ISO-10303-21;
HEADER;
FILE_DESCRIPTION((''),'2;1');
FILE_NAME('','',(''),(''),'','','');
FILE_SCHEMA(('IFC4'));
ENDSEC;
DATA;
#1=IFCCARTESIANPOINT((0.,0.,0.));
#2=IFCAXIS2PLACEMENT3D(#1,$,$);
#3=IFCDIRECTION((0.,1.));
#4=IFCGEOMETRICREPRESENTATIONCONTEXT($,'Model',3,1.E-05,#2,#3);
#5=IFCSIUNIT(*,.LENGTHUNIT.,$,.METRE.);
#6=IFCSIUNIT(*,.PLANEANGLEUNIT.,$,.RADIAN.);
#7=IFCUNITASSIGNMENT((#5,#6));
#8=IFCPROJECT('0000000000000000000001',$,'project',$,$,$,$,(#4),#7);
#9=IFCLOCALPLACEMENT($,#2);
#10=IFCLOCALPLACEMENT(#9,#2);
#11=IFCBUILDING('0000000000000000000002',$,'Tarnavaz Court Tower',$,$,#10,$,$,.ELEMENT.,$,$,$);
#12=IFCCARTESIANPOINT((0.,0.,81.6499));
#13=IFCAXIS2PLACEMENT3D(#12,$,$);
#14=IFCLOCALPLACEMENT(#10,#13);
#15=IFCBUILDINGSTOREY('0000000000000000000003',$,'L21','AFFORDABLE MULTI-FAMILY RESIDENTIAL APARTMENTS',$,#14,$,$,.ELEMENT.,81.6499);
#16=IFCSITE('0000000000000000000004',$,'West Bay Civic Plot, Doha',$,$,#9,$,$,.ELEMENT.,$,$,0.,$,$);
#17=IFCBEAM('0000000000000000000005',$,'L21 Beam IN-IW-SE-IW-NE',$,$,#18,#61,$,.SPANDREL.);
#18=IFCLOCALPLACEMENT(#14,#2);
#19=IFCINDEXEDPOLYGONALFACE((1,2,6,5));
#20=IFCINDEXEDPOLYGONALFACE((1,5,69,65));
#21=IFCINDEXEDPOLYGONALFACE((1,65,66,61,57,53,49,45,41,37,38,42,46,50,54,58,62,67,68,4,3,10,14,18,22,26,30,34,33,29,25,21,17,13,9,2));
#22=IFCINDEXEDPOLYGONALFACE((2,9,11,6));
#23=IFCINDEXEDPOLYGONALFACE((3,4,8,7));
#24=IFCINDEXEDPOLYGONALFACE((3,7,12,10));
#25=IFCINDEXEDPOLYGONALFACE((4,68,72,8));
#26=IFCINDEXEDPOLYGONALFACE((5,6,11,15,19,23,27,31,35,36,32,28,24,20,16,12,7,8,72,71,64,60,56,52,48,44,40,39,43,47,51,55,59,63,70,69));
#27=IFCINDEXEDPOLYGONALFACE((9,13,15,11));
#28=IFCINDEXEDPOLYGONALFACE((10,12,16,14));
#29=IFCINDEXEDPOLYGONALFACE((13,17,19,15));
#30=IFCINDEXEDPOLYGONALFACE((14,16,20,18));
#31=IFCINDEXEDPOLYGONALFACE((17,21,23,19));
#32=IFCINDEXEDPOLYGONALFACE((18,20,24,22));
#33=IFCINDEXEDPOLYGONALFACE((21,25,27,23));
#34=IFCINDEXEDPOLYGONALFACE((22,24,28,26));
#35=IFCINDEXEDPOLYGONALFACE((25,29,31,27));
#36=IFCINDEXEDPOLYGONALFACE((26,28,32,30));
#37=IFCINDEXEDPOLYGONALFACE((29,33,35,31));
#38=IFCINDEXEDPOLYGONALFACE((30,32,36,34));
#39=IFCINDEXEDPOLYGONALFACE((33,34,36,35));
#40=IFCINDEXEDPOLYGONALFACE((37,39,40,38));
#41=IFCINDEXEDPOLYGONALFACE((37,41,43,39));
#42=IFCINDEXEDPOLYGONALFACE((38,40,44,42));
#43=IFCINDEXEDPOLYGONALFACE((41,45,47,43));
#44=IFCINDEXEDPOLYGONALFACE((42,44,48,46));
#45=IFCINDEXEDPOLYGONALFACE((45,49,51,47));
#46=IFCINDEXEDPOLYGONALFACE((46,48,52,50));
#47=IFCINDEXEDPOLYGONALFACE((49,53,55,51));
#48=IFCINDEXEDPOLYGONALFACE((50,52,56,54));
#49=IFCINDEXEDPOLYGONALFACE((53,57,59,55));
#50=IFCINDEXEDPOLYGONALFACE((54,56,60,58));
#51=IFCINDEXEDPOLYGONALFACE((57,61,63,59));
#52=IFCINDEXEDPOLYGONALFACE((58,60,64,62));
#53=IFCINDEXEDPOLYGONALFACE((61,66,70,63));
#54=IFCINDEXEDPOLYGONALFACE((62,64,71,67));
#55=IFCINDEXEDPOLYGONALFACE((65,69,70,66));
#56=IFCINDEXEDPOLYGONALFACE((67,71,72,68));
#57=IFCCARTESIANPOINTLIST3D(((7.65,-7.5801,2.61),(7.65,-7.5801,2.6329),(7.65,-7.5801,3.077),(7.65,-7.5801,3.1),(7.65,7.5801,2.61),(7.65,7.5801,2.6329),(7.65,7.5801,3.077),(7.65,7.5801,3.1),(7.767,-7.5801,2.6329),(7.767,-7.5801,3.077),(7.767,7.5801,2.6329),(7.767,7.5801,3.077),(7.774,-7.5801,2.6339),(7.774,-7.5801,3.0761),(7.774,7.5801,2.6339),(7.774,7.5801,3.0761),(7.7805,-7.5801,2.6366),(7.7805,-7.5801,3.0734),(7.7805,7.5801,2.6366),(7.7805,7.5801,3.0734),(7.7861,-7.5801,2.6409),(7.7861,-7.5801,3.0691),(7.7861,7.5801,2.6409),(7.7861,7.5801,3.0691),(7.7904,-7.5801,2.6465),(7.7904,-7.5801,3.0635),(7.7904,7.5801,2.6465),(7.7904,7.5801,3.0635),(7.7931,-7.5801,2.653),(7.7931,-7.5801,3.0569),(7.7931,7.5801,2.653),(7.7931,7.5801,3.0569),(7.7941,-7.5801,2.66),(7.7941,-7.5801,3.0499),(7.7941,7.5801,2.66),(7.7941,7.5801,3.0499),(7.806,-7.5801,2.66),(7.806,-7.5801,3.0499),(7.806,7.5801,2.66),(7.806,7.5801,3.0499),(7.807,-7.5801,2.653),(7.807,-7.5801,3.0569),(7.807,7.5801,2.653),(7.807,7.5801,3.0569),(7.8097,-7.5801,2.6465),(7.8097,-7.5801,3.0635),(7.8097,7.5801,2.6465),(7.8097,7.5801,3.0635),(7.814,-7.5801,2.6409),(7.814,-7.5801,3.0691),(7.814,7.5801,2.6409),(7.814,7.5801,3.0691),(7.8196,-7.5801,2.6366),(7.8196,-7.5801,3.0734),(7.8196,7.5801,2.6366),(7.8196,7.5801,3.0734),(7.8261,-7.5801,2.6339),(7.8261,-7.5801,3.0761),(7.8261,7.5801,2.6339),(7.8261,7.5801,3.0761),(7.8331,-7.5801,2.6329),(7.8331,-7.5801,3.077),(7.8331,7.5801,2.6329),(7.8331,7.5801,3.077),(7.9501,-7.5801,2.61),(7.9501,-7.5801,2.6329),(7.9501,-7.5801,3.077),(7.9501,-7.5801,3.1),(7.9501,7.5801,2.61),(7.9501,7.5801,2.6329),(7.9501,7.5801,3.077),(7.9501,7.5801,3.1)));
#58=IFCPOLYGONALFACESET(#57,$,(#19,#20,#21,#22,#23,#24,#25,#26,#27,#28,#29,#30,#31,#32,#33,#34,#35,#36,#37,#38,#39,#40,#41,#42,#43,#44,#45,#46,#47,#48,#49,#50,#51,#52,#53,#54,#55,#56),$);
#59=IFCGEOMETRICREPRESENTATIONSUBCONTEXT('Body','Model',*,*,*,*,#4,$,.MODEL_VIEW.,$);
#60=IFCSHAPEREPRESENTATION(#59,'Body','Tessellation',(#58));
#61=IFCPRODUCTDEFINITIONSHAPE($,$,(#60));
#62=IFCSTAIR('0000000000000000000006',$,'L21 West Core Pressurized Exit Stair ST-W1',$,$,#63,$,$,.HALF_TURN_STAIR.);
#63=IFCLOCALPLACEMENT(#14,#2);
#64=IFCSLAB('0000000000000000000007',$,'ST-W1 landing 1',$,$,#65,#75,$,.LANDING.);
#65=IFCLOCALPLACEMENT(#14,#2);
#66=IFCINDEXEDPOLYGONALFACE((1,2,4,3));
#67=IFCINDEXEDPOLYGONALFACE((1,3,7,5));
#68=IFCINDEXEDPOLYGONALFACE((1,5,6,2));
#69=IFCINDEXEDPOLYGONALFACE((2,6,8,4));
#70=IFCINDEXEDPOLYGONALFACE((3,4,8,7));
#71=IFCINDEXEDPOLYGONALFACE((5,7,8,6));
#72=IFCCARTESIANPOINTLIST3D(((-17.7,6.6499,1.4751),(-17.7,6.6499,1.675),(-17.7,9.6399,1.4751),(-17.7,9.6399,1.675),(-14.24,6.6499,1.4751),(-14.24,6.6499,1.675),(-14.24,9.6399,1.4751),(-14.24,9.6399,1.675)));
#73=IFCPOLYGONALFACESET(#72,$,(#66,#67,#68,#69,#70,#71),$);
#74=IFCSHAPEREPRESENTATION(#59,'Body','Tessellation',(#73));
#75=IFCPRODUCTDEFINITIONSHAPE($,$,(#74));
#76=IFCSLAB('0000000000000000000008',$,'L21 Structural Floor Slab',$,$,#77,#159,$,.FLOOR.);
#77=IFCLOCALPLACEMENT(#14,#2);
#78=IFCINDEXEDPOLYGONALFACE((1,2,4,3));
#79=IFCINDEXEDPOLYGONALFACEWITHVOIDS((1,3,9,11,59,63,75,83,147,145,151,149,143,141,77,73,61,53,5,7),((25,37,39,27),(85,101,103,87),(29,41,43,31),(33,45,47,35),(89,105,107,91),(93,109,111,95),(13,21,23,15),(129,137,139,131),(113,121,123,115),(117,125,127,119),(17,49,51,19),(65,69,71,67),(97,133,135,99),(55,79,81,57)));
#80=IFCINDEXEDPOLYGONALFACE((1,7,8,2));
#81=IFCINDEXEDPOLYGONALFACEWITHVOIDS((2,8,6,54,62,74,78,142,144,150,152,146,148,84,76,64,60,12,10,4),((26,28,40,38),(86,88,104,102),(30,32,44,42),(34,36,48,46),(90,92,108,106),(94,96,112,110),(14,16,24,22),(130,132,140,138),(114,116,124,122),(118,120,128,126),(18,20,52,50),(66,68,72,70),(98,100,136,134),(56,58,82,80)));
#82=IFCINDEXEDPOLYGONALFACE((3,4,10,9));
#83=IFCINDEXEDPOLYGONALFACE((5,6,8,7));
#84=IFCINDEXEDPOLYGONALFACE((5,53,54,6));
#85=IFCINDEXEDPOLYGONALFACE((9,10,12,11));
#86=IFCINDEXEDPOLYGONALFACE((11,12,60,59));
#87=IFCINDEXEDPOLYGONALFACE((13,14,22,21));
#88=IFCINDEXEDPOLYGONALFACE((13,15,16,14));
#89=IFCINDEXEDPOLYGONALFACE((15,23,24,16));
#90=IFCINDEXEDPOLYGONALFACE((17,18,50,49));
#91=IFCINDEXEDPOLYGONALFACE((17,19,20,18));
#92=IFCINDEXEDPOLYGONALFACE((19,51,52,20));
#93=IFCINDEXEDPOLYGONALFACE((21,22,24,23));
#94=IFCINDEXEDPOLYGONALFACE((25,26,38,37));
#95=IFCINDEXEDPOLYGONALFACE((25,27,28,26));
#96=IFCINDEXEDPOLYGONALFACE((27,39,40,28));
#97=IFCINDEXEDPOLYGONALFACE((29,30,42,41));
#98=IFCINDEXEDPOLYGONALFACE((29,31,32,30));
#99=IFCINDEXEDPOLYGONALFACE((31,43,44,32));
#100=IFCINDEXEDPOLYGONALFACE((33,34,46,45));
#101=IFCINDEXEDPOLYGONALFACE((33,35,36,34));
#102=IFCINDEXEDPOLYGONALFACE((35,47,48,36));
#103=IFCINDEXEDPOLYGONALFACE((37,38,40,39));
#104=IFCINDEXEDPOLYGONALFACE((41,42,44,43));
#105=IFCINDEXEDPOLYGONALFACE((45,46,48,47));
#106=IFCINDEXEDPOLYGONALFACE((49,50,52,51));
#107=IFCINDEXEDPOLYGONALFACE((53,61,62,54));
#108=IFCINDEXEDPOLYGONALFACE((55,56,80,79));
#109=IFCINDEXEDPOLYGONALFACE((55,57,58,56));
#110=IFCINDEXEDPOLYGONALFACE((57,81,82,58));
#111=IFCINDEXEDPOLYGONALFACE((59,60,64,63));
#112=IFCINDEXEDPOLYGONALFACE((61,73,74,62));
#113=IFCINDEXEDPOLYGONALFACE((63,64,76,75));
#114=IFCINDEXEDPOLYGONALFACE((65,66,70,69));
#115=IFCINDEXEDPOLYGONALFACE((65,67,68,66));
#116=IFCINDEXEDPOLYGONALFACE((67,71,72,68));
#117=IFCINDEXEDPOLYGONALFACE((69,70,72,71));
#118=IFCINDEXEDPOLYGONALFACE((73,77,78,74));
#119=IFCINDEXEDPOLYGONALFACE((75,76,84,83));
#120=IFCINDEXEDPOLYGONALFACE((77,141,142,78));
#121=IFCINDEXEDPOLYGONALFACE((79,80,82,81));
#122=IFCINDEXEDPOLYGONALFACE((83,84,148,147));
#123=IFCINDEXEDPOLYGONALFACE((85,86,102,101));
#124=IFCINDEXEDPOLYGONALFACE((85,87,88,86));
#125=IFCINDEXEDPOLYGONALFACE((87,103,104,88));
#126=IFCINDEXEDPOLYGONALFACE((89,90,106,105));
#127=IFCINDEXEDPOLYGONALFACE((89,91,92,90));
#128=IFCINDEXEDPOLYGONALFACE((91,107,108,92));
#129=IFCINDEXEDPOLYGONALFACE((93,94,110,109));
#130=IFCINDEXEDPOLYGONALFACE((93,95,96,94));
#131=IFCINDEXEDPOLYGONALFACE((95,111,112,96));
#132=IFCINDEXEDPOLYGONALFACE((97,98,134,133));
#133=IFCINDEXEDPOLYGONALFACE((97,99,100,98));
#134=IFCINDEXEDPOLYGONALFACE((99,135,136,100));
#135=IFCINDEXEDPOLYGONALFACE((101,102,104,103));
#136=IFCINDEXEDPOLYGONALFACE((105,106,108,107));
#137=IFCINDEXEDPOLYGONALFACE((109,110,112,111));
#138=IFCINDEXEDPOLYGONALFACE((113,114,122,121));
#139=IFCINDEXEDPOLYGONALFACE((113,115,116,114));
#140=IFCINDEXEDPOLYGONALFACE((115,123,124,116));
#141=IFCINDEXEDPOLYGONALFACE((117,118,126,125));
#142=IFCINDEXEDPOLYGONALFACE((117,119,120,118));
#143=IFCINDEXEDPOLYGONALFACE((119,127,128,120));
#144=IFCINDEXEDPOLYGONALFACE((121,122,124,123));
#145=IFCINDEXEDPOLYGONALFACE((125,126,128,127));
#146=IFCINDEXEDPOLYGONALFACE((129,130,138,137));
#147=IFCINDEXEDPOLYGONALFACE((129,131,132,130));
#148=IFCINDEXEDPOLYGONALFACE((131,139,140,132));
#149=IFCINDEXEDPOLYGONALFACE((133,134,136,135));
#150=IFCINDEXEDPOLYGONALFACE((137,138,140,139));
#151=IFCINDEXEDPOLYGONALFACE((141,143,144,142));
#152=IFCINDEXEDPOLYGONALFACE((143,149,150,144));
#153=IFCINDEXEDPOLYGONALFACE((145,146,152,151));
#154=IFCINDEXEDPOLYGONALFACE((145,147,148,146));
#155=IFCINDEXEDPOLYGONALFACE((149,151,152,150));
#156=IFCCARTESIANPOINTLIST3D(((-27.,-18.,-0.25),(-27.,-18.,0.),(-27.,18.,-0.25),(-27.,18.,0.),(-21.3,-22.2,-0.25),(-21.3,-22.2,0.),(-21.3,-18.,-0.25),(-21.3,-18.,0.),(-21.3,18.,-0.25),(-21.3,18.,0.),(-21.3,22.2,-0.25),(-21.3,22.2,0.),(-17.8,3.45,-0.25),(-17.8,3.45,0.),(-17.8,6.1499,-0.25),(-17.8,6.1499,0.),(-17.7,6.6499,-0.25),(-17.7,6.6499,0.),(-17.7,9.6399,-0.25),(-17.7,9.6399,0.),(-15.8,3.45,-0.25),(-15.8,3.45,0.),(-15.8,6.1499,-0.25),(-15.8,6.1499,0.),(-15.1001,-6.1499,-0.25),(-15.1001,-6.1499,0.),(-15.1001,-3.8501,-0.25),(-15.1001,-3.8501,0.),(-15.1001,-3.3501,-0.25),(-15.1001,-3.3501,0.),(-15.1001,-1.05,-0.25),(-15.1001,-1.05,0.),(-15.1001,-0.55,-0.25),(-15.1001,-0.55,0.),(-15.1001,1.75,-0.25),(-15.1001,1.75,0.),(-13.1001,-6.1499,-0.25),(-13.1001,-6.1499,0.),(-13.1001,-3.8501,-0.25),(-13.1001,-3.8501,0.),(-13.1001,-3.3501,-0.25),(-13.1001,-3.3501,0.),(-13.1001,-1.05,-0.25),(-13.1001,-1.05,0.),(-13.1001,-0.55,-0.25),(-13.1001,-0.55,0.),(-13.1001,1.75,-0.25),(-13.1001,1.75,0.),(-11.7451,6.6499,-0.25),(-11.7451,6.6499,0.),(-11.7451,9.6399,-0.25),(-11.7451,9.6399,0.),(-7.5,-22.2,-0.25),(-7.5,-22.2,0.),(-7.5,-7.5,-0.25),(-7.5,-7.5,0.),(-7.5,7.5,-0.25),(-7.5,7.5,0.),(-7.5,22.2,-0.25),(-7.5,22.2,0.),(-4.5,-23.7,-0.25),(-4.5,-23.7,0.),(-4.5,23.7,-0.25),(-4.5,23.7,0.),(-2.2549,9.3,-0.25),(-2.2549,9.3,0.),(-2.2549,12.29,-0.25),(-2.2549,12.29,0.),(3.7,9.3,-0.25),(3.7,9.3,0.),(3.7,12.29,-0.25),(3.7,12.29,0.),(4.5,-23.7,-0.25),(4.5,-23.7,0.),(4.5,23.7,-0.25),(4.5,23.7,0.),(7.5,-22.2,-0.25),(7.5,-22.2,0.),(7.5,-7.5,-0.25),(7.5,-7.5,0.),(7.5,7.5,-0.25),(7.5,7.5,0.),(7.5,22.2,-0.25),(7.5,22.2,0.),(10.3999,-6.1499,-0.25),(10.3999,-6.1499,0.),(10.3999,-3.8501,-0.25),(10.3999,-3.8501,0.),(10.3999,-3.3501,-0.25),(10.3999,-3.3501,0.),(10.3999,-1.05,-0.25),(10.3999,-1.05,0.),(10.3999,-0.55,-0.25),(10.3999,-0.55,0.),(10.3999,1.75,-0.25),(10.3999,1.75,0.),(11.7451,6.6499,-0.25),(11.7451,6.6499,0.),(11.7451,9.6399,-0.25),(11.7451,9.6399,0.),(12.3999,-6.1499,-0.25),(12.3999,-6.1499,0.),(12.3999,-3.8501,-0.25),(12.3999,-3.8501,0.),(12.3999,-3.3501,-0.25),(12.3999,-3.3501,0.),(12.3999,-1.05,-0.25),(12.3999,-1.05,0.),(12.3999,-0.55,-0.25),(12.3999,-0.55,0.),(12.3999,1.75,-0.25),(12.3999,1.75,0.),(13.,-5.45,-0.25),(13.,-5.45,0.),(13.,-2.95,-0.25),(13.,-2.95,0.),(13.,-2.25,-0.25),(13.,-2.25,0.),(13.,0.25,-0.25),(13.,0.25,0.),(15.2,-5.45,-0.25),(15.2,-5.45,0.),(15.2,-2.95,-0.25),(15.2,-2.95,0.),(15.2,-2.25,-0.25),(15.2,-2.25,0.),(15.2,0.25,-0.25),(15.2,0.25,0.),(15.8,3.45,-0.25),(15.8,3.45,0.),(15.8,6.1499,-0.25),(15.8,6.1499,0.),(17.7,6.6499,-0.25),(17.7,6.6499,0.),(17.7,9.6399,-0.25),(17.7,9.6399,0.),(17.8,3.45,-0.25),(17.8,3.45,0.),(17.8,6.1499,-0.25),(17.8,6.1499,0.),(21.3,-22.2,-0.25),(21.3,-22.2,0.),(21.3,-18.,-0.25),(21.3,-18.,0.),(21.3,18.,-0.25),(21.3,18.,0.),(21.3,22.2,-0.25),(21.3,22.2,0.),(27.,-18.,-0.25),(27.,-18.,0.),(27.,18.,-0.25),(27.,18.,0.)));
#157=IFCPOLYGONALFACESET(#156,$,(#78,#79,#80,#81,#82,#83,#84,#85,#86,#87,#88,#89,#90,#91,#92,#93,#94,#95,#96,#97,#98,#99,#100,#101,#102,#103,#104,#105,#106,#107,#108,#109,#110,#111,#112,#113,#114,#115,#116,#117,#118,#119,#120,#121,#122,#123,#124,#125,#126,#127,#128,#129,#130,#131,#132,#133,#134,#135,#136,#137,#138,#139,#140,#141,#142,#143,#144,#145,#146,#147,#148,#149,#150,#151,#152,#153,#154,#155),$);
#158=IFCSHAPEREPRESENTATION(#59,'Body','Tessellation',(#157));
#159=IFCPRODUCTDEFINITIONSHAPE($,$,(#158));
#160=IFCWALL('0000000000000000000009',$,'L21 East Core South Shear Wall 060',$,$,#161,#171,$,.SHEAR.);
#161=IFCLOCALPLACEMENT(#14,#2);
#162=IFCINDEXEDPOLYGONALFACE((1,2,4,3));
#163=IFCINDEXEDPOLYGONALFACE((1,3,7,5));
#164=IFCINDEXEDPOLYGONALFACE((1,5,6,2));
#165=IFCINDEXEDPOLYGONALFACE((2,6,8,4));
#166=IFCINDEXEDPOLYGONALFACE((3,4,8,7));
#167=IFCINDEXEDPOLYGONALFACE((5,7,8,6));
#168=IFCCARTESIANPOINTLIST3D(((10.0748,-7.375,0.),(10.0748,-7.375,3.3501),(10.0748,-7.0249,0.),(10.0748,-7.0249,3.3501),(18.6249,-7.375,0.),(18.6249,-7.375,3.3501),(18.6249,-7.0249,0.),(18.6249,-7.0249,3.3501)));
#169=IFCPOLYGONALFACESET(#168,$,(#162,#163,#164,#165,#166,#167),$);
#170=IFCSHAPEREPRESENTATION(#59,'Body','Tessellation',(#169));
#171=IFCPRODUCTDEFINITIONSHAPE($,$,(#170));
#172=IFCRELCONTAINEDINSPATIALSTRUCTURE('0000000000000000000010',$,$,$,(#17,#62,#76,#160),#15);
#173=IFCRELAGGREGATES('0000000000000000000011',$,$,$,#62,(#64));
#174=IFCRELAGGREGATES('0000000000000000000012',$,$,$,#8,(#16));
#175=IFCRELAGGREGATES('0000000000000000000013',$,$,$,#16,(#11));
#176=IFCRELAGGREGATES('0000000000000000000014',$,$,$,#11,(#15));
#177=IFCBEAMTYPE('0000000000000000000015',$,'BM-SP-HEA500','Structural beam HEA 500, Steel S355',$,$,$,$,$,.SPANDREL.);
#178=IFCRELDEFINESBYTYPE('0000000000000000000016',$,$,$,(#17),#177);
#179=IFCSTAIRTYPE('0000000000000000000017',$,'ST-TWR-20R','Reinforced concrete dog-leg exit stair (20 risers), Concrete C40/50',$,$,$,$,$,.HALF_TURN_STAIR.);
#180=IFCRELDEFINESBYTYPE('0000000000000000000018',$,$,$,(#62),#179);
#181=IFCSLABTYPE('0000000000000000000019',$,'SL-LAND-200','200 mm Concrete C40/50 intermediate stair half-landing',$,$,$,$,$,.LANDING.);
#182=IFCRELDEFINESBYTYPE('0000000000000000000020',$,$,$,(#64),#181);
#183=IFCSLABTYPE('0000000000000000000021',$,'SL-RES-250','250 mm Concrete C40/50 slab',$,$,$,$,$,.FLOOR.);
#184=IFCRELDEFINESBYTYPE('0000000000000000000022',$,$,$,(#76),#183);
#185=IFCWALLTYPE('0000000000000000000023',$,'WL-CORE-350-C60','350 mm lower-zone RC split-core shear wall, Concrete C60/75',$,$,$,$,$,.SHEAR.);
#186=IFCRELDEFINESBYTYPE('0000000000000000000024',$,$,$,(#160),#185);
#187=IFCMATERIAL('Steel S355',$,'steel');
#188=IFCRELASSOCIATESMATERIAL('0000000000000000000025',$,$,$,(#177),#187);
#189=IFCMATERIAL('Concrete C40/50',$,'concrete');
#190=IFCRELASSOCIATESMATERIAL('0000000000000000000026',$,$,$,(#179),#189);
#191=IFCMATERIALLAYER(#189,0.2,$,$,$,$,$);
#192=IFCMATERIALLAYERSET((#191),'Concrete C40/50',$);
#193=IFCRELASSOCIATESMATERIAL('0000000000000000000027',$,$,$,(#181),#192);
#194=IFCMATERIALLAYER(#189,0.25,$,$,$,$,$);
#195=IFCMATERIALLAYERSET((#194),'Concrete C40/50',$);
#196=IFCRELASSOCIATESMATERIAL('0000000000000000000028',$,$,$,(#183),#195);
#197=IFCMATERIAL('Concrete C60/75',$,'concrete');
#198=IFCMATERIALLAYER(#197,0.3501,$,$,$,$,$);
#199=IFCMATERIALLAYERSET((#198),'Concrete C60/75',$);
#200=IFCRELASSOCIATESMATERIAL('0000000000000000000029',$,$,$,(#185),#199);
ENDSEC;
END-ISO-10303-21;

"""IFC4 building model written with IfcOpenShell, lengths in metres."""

from ifc_helpers import new_model, si_unit, direction, frame, frame_2d, origin, origin_2d, place, context, subcontext, project, spatial, polyline, rectangle, i_section, outline, extrude, material, layer, layer_set, material_profile, profile_set, type_object, element, aggregate, save


model = new_model("IFC4")

# Units and contexts
model_context = context("Model", 3, precision=1e-05, world=origin(), true_north=direction((0.0, 1.0)))
body_context = subcontext(model_context, "Body", "Model", "MODEL_VIEW")
ifc_project = project(units=[si_unit("LENGTHUNIT", "METRE"), si_unit("PLANEANGLEUNIT", "RADIAN")], contexts=[model_context])

# Site, building, storey
site_placement = place(None, origin())
site = spatial("IfcSite", under=ifc_project, at=site_placement, Name="West Bay Civic Plot, Doha", CompositionType="ELEMENT", RefElevation=0.0)
building_placement = place(site_placement, origin())
building = spatial("IfcBuilding", under=site, at=building_placement, Name="Tarnavaz Court Tower", CompositionType="ELEMENT")
storey_placement = place(building_placement, frame((0.0, 0.0, 81.6499)))
storey = spatial("IfcBuildingStorey", under=building, at=storey_placement, Name="L21", Description="AFFORDABLE MULTI-FAMILY RESIDENTIAL APARTMENTS", CompositionType="ELEMENT", Elevation=81.6499)

# Shared definitions
ifc_material_1 = material(Name="Concrete C60/75", Category="concrete")

# Beam
ifc_material_2 = material(Name="Steel S355", Category="steel")
ifc_material_profile_1 = material_profile(ifc_material_2, i_section(OverallWidth=0.3, OverallDepth=0.49, WebThickness=0.012, FlangeThickness=0.0229, FilletRadius=0.0271, at=origin_2d()), Name="HEA 500")
ifc_profile_set_1 = profile_set([ifc_material_profile_1], Name="Steel S355")
beam_type_1 = type_object("IfcBeamType", Name="BM-SP-HEA500", Description="Structural beam HEA 500, Steel S355", PredefinedType="SPANDREL", material=ifc_profile_set_1)
beam_1_placement = place(storey_placement, frame((7.8, -7.5801, 2.855), z_axis=(0.0, 1.0, 0.0), x_axis=(-1.0, 0.0, 0.0)))
element("IfcBeam", 1, at=beam_1_placement, inside=storey, type_object=beam_type_1, Name="L21 Beam IN-IW-SE-IW-NE", PredefinedType="SPANDREL", context=body_context, shape_type="SweptSolid", body=[
    extrude(i_section(OverallWidth=0.3, OverallDepth=0.49, WebThickness=0.012, FlangeThickness=0.0229, FilletRadius=0.0271, at=origin_2d()), origin(), (0.0, 0.0, 1.0), 15.1602),
])

# Stair, slab
ifc_material_3 = material(Name="Concrete C40/50", Category="concrete")
stair_type = type_object("IfcStairType", Name="ST-TWR-20R", Description="Reinforced concrete dog-leg exit stair (20 risers), Concrete C40/50", PredefinedType="HALF_TURN_STAIR", material=ifc_material_3)
stair_placement = place(storey_placement, origin())
stair = element("IfcStair", 2, at=stair_placement, inside=storey, type_object=stair_type, Name="L21 West Core Pressurized Exit Stair ST-W1", PredefinedType="HALF_TURN_STAIR")
ifc_layer_1 = layer(ifc_material_3, 0.2)
ifc_layer_set_1 = layer_set([ifc_layer_1], Name="Concrete C40/50")
slab_type_1 = type_object("IfcSlabType", Name="SL-LAND-200", Description="200 mm Concrete C40/50 intermediate stair half-landing", PredefinedType="LANDING", material=ifc_layer_set_1)
slab_1_placement = place(storey_placement, frame((0.0, 0.0, 1.4751)))
slab_1 = element("IfcSlab", 3, at=slab_1_placement, type_object=slab_type_1, Name="ST-W1 landing 1", PredefinedType="LANDING", context=body_context, shape_type="SweptSolid", body=[
    extrude(outline(polyline([(-14.24, 9.6399), (-17.7, 9.6399), (-17.7, 6.6499), (-14.24, 6.6499), (-14.24, 9.6399)])), origin(), (0.0, 0.0, 1.0), 0.2),
])
aggregate(stair, [slab_1])

# Slab
ifc_layer_2 = layer(ifc_material_3, 0.25)
ifc_layer_set_2 = layer_set([ifc_layer_2], Name="Concrete C40/50")
slab_type_2 = type_object("IfcSlabType", Name="SL-RES-250", Description="250 mm Concrete C40/50 slab", PredefinedType="FLOOR", material=ifc_layer_set_2)
slab_2_placement = place(storey_placement, frame((0.0, 0.0, -0.25)))
element("IfcSlab", 4, at=slab_2_placement, inside=storey, type_object=slab_type_2, Name="L21 Structural Floor Slab", PredefinedType="FLOOR", context=body_context, shape_type="SweptSolid", body=[
    extrude(outline(polyline([(-21.3, -22.2), (-7.5, -22.2), (-4.5, -23.7), (4.5, -23.7), (7.5, -22.2), (21.3, -22.2), (21.3, -18.0), (27.0, -18.0), (27.0, 18.0), (21.3, 18.0), (21.3, 22.2), (7.5, 22.2), (4.5, 23.7), (-4.5, 23.7), (-7.5, 22.2), (-21.3, 22.2), (-21.3, 18.0), (-27.0, 18.0), (-27.0, -18.0), (-21.3, -18.0), (-21.3, -22.2)]), holes=[polyline([(-7.5, -7.5), (7.5, -7.5), (7.5, 7.5), (-7.5, 7.5), (-7.5, -7.5)]), polyline([(-11.7451, 9.6399), (-17.7, 9.6399), (-17.7, 6.6499), (-11.7451, 6.6499), (-11.7451, 9.6399)]), polyline([(11.7451, 6.6499), (17.7, 6.6499), (17.7, 9.6399), (11.7451, 9.6399), (11.7451, 6.6499)]), polyline([(-2.2549, 9.3), (3.7, 9.3), (3.7, 12.29), (-2.2549, 12.29), (-2.2549, 9.3)]), polyline([(-17.8, 3.45), (-15.8, 3.45), (-15.8, 6.1499), (-17.8, 6.1499), (-17.8, 3.45)]), polyline([(-15.1001, -6.1499), (-13.1001, -6.1499), (-13.1001, -3.8501), (-15.1001, -3.8501), (-15.1001, -6.1499)]), polyline([(-15.1001, -3.3501), (-13.1001, -3.3501), (-13.1001, -1.05), (-15.1001, -1.05), (-15.1001, -3.3501)]), polyline([(-15.1001, -0.55), (-13.1001, -0.55), (-13.1001, 1.75), (-15.1001, 1.75), (-15.1001, -0.55)]), polyline([(15.8, 3.45), (17.8, 3.45), (17.8, 6.1499), (15.8, 6.1499), (15.8, 3.45)]), polyline([(10.3999, -6.1499), (12.3999, -6.1499), (12.3999, -3.8501), (10.3999, -3.8501), (10.3999, -6.1499)]), polyline([(10.3999, -3.3501), (12.3999, -3.3501), (12.3999, -1.05), (10.3999, -1.05), (10.3999, -3.3501)]), polyline([(10.3999, -0.55), (12.3999, -0.55), (12.3999, 1.75), (10.3999, 1.75), (10.3999, -0.55)]), polyline([(13.0, -5.45), (15.2, -5.45), (15.2, -2.95), (13.0, -2.95), (13.0, -5.45)]), polyline([(13.0, -2.25), (15.2, -2.25), (15.2, 0.25), (13.0, 0.25), (13.0, -2.25)])]), origin(), (0.0, 0.0, 1.0), 0.25),
])

# Wall
ifc_layer_3 = layer(ifc_material_1, 0.3501)
ifc_layer_set_3 = layer_set([ifc_layer_3], Name="Concrete C60/75")
wall_type_1 = type_object("IfcWallType", Name="WL-CORE-350-C60", Description="350 mm lower-zone RC split-core shear wall, Concrete C60/75", PredefinedType="SHEAR", material=ifc_layer_set_3)
wall_1_placement = place(storey_placement, frame((10.075, -7.2, 0.0), z_axis=(0.0, 0.0, 1.0), x_axis=(1.0, 0.0, 0.0)))
element("IfcWall", 5, at=wall_1_placement, inside=storey, type_object=wall_type_1, Name="L21 East Core South Shear Wall 060", PredefinedType="SHEAR", context=body_context, shape_type="SweptSolid", body=[
    extrude(rectangle(XDim=8.55, YDim=0.3501, at=frame_2d((4.2749, 0.0))), origin(), (0.0, 0.0, 1.0), 3.3501),
])

save(model, "model.ifc")
